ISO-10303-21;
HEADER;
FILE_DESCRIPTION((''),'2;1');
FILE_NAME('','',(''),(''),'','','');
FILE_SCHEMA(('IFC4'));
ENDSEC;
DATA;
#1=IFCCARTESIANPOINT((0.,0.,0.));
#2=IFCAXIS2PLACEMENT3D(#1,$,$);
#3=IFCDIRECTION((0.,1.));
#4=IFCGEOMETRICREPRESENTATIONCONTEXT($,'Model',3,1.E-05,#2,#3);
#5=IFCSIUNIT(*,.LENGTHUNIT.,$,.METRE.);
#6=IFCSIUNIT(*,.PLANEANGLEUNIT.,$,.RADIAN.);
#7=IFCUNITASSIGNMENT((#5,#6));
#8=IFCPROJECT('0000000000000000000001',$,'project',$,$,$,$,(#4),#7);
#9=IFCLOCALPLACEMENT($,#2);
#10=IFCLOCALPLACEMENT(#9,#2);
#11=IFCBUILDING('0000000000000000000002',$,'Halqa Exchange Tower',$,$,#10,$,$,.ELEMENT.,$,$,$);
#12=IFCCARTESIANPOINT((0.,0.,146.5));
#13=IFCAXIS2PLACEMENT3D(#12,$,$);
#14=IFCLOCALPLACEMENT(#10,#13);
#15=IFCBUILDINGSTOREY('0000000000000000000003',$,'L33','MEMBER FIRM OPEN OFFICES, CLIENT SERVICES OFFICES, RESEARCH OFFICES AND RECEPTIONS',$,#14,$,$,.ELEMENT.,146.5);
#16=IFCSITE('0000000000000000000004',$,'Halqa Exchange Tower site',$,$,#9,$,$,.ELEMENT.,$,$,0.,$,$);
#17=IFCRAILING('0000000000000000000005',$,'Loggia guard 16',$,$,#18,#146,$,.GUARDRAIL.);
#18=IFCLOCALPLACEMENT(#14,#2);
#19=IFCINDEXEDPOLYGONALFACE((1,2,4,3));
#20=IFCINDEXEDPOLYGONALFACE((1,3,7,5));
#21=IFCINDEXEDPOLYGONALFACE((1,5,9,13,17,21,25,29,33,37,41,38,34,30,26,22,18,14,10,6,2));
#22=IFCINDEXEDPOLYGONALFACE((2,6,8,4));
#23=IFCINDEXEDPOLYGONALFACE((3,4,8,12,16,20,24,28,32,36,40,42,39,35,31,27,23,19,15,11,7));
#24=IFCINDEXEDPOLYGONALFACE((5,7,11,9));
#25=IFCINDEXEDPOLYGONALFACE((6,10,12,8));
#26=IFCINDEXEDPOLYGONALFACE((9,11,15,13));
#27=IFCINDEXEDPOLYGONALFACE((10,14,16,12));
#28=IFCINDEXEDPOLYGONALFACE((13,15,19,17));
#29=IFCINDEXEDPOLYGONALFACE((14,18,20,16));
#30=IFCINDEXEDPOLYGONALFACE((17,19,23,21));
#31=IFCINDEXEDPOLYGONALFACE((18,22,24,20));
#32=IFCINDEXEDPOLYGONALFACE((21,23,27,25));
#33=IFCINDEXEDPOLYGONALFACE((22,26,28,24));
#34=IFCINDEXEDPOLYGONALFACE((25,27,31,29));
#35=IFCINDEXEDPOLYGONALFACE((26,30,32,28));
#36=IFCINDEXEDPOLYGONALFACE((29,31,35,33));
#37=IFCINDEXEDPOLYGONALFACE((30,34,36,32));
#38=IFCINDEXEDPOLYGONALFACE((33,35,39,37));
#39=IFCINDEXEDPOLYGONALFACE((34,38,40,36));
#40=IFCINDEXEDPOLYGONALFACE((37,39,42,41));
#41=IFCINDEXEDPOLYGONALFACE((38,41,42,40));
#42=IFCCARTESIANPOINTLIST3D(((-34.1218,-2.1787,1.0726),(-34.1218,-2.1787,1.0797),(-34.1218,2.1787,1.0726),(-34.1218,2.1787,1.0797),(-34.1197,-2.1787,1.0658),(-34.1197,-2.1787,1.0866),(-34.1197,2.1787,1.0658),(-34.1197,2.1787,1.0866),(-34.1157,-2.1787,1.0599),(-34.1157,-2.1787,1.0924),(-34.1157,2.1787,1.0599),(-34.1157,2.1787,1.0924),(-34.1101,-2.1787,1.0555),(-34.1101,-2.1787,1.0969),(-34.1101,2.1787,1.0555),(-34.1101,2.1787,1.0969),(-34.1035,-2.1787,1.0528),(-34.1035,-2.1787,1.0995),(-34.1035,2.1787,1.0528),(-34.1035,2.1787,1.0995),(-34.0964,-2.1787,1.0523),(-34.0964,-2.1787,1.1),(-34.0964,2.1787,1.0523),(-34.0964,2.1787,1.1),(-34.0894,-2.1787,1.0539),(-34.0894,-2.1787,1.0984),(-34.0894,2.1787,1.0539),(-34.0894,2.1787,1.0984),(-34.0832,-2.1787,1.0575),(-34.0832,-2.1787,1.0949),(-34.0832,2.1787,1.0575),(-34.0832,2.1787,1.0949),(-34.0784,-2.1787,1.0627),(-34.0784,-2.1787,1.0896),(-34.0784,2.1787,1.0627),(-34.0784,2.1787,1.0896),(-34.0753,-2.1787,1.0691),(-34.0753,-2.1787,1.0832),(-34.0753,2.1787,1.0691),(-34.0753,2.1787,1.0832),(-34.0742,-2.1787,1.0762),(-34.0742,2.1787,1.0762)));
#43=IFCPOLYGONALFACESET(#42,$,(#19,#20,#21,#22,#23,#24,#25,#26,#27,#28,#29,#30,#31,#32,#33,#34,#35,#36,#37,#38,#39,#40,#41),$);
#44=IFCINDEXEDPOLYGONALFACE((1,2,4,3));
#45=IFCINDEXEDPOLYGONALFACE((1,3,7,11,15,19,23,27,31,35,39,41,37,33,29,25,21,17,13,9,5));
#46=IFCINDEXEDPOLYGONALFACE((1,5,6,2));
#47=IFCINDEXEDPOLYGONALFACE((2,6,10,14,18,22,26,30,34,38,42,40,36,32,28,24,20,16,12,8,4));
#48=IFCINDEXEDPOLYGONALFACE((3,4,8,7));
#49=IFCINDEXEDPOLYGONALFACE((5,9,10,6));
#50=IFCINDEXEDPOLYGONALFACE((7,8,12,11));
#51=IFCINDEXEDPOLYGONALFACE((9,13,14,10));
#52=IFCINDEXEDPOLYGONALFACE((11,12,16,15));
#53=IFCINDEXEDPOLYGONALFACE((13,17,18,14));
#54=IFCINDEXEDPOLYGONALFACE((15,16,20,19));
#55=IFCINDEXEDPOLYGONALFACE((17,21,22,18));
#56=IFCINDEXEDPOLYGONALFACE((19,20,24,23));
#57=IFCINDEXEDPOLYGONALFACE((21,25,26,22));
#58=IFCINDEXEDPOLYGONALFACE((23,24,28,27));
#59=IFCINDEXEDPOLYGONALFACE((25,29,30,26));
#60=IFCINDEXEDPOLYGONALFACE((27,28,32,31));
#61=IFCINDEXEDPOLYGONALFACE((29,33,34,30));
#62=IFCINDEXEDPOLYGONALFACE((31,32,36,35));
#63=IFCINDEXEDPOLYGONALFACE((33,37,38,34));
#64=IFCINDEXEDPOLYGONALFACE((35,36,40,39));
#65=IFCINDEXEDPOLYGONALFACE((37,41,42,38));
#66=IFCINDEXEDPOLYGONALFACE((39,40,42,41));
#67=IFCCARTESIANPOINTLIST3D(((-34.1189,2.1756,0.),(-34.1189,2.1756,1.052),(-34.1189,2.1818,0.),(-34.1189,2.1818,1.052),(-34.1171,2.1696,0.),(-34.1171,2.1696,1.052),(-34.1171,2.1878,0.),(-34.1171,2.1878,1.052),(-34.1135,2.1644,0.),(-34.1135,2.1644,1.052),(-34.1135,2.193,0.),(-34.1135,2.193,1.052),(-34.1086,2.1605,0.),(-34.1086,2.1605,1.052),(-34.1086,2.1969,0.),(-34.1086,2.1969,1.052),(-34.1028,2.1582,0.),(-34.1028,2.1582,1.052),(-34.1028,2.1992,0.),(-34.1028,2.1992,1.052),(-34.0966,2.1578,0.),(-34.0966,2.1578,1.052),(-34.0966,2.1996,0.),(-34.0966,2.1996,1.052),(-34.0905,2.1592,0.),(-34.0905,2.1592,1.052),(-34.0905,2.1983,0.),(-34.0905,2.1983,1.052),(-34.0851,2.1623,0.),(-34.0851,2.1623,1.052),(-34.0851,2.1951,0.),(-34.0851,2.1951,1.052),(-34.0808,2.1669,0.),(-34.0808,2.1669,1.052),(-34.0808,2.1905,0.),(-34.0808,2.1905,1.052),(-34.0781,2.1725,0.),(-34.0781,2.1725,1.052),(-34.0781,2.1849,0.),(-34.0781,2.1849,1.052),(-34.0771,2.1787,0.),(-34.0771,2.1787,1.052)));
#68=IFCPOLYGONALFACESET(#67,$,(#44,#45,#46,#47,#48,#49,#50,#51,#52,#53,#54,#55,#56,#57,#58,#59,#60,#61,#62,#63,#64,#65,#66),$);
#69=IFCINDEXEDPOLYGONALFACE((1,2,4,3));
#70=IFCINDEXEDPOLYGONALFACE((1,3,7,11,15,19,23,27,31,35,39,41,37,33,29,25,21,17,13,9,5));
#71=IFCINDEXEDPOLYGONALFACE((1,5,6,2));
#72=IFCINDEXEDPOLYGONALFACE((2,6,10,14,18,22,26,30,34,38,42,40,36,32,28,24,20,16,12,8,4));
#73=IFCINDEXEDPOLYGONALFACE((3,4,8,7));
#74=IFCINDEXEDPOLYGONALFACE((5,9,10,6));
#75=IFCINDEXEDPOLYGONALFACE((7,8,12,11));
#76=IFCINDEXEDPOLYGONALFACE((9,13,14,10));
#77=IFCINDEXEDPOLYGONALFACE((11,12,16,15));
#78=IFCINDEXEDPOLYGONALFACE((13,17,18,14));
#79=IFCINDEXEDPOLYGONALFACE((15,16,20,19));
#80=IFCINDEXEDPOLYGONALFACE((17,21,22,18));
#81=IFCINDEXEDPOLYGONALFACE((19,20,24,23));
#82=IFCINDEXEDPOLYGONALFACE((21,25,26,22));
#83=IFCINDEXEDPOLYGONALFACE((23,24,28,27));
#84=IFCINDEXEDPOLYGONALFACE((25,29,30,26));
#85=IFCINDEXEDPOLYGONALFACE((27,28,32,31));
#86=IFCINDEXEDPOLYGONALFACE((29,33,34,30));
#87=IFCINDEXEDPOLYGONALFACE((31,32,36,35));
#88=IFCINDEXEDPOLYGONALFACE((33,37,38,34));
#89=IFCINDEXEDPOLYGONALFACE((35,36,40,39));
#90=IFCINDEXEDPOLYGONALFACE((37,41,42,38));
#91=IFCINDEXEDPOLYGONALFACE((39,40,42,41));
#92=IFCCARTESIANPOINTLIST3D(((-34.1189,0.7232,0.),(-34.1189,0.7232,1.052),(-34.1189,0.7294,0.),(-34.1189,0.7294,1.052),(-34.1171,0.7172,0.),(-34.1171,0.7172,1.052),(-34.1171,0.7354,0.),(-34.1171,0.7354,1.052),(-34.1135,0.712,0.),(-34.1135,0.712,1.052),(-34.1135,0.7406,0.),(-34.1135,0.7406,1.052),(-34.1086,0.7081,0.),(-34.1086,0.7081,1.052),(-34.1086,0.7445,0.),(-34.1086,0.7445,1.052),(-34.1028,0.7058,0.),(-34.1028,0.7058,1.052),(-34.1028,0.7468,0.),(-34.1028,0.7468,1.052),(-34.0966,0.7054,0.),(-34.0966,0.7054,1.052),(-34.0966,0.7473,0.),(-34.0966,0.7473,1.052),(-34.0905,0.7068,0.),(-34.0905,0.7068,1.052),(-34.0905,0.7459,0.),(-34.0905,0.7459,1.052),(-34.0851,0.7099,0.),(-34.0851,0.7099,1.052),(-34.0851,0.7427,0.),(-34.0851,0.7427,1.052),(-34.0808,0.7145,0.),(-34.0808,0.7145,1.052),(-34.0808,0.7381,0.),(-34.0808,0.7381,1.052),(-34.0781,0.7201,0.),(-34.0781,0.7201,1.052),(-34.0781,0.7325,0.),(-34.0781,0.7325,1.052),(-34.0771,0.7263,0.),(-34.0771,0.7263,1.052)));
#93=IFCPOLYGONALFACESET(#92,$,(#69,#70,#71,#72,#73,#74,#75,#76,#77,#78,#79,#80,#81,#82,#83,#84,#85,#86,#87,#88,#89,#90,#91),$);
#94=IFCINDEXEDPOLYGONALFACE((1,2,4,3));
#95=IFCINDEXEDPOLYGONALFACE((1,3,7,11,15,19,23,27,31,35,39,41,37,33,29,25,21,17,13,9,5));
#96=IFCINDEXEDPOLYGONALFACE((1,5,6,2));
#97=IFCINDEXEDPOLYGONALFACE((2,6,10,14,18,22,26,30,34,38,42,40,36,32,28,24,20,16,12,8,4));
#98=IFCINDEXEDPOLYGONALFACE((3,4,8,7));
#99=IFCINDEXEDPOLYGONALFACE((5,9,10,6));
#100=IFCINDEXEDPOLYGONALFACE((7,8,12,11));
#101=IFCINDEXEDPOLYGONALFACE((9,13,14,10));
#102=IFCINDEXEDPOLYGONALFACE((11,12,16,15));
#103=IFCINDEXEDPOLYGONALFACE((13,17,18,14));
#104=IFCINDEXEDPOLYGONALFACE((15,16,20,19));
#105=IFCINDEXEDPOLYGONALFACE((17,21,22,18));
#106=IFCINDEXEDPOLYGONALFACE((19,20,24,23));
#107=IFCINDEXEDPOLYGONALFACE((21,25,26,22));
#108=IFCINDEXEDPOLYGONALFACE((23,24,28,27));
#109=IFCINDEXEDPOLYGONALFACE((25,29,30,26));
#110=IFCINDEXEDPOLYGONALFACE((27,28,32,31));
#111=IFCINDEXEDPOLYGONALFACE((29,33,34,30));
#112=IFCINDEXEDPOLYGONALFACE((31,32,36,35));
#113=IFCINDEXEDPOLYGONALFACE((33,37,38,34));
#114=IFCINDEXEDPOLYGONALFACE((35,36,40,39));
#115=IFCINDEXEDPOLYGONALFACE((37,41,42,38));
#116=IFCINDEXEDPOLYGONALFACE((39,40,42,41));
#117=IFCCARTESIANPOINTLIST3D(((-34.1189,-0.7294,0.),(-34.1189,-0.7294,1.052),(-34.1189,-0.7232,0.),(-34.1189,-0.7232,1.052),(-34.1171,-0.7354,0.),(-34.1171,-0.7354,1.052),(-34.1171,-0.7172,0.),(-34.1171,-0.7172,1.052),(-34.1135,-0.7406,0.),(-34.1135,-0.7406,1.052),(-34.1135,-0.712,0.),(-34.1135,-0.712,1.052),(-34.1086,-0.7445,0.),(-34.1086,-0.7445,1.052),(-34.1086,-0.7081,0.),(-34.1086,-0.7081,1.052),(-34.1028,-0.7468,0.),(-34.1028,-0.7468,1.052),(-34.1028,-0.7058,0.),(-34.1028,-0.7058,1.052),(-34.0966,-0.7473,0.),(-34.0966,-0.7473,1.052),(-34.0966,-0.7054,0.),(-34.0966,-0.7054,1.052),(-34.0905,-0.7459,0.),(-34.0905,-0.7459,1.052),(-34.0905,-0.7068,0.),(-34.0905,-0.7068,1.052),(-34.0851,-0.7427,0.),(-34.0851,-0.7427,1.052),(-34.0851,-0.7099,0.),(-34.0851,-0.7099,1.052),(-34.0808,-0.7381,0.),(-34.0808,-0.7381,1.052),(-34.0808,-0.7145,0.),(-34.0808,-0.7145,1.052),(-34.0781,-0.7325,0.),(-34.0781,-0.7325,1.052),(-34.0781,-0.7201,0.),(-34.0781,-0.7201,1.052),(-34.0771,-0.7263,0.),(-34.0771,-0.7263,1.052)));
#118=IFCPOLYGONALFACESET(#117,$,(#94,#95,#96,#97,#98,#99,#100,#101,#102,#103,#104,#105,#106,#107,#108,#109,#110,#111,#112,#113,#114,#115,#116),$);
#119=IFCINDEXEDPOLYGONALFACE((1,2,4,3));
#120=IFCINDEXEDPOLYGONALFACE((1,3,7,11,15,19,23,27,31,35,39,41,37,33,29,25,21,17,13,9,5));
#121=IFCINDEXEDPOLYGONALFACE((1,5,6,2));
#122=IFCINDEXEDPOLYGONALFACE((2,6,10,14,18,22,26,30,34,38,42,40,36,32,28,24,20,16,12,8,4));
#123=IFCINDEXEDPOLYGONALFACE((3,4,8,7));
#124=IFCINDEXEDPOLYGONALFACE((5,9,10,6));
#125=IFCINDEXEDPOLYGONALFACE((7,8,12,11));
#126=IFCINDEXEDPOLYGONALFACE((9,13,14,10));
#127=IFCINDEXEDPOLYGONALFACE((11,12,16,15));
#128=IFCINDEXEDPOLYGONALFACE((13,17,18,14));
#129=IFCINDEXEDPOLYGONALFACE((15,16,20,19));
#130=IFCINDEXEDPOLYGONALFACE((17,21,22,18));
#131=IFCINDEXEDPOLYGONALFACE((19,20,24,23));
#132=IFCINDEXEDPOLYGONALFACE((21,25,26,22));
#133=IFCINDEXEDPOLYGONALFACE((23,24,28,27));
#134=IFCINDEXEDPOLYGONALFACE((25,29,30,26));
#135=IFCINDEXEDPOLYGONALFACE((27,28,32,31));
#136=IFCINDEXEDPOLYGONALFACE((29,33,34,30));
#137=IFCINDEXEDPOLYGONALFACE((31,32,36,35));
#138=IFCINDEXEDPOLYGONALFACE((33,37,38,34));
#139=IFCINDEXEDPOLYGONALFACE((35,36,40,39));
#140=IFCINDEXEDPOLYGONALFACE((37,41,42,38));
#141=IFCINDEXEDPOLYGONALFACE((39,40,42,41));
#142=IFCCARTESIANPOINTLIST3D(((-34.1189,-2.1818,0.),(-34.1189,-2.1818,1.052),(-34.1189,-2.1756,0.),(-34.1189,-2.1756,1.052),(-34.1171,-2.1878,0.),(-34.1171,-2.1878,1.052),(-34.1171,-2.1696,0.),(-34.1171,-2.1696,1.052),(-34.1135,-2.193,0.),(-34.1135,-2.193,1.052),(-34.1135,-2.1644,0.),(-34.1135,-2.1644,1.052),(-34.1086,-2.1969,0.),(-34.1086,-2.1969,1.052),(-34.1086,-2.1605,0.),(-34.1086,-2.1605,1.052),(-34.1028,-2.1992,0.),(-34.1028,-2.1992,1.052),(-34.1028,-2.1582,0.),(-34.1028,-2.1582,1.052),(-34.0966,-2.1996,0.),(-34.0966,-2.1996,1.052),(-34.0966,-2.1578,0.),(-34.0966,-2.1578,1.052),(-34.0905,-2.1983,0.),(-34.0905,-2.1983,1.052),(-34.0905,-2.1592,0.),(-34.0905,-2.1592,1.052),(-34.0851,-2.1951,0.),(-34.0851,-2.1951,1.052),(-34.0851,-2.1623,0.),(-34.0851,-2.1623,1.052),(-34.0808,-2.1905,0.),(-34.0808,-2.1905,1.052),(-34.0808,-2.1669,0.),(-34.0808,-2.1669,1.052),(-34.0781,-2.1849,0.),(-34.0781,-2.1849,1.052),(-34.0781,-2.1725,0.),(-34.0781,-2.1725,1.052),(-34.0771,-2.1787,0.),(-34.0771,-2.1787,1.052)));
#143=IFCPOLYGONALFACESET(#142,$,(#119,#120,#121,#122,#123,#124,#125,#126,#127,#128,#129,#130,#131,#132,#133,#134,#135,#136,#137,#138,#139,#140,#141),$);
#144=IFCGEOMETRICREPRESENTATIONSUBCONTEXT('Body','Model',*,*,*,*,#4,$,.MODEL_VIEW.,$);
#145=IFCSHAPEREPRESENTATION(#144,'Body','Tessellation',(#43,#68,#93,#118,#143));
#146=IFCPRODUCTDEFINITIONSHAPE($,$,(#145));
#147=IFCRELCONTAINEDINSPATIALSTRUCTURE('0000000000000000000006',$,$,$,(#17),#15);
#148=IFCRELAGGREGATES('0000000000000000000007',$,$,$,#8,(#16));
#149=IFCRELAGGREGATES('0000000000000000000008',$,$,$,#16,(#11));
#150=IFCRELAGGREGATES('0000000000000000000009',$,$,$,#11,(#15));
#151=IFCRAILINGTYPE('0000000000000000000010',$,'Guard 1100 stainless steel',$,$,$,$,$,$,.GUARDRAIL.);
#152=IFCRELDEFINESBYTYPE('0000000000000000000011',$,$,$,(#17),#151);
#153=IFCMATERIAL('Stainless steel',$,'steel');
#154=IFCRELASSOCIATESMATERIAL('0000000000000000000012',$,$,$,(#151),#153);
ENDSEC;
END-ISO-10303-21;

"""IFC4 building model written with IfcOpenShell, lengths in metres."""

from ifc_helpers import new_model, si_unit, direction, frame, origin, origin_2d, place, context, subcontext, project, spatial, circle, extrude, material, type_object, element, save


model = new_model("IFC4")

# Units and contexts
model_context = context("Model", 3, precision=1e-05, world=origin(), true_north=direction((0.0, 1.0)))
body_context = subcontext(model_context, "Body", "Model", "MODEL_VIEW")
ifc_project = project(units=[si_unit("LENGTHUNIT", "METRE"), si_unit("PLANEANGLEUNIT", "RADIAN")], contexts=[model_context])

# Site, building, storey
site_placement = place(None, origin())
site = spatial("IfcSite", under=ifc_project, at=site_placement, Name="Halqa Exchange Tower site", CompositionType="ELEMENT", RefElevation=0.0)
building_placement = place(site_placement, origin())
building = spatial("IfcBuilding", under=site, at=building_placement, Name="Halqa Exchange Tower", CompositionType="ELEMENT")
storey_placement = place(building_placement, frame((0.0, 0.0, 146.5)))
storey = spatial("IfcBuildingStorey", under=building, at=storey_placement, Name="L33", Description="MEMBER FIRM OPEN OFFICES, CLIENT SERVICES OFFICES, RESEARCH OFFICES AND RECEPTIONS", CompositionType="ELEMENT", Elevation=146.5)

# Railing
ifc_material_1 = material(Name="Stainless steel", Category="steel")
railing_type = type_object("IfcRailingType", Name="Guard 1100 stainless steel", PredefinedType="GUARDRAIL", material=ifc_material_1)
railing_1_placement = place(storey_placement, frame((-34.0981, 2.1787, 0.0)))
element("IfcRailing", 1, at=railing_1_placement, inside=storey, type_object=railing_type, Name="Loggia guard 16", PredefinedType="GUARDRAIL", context=body_context, shape_type="SweptSolid", body=[
    extrude(circle(Radius=0.0239, at=origin_2d()), frame((0.0, 0.0, 1.0762), z_axis=(0.0, -1.0, 0.0), x_axis=(1.0, 0.0, 0.0)), (0.0, 0.0, 1.0), 4.3574),
    extrude(circle(Radius=0.021, at=origin_2d()), origin(), (0.0, 0.0, 1.0), 1.052),
    extrude(circle(Radius=0.021, at=origin_2d()), frame((0.0, -1.4524, 0.0)), (0.0, 0.0, 1.0), 1.052),
    extrude(circle(Radius=0.021, at=origin_2d()), frame((0.0, -2.905, 0.0)), (0.0, 0.0, 1.0), 1.052),
    extrude(circle(Radius=0.021, at=origin_2d()), frame((0.0, -4.3574, 0.0)), (0.0, 0.0, 1.0), 1.052),
])

save(model, "model.ifc")
